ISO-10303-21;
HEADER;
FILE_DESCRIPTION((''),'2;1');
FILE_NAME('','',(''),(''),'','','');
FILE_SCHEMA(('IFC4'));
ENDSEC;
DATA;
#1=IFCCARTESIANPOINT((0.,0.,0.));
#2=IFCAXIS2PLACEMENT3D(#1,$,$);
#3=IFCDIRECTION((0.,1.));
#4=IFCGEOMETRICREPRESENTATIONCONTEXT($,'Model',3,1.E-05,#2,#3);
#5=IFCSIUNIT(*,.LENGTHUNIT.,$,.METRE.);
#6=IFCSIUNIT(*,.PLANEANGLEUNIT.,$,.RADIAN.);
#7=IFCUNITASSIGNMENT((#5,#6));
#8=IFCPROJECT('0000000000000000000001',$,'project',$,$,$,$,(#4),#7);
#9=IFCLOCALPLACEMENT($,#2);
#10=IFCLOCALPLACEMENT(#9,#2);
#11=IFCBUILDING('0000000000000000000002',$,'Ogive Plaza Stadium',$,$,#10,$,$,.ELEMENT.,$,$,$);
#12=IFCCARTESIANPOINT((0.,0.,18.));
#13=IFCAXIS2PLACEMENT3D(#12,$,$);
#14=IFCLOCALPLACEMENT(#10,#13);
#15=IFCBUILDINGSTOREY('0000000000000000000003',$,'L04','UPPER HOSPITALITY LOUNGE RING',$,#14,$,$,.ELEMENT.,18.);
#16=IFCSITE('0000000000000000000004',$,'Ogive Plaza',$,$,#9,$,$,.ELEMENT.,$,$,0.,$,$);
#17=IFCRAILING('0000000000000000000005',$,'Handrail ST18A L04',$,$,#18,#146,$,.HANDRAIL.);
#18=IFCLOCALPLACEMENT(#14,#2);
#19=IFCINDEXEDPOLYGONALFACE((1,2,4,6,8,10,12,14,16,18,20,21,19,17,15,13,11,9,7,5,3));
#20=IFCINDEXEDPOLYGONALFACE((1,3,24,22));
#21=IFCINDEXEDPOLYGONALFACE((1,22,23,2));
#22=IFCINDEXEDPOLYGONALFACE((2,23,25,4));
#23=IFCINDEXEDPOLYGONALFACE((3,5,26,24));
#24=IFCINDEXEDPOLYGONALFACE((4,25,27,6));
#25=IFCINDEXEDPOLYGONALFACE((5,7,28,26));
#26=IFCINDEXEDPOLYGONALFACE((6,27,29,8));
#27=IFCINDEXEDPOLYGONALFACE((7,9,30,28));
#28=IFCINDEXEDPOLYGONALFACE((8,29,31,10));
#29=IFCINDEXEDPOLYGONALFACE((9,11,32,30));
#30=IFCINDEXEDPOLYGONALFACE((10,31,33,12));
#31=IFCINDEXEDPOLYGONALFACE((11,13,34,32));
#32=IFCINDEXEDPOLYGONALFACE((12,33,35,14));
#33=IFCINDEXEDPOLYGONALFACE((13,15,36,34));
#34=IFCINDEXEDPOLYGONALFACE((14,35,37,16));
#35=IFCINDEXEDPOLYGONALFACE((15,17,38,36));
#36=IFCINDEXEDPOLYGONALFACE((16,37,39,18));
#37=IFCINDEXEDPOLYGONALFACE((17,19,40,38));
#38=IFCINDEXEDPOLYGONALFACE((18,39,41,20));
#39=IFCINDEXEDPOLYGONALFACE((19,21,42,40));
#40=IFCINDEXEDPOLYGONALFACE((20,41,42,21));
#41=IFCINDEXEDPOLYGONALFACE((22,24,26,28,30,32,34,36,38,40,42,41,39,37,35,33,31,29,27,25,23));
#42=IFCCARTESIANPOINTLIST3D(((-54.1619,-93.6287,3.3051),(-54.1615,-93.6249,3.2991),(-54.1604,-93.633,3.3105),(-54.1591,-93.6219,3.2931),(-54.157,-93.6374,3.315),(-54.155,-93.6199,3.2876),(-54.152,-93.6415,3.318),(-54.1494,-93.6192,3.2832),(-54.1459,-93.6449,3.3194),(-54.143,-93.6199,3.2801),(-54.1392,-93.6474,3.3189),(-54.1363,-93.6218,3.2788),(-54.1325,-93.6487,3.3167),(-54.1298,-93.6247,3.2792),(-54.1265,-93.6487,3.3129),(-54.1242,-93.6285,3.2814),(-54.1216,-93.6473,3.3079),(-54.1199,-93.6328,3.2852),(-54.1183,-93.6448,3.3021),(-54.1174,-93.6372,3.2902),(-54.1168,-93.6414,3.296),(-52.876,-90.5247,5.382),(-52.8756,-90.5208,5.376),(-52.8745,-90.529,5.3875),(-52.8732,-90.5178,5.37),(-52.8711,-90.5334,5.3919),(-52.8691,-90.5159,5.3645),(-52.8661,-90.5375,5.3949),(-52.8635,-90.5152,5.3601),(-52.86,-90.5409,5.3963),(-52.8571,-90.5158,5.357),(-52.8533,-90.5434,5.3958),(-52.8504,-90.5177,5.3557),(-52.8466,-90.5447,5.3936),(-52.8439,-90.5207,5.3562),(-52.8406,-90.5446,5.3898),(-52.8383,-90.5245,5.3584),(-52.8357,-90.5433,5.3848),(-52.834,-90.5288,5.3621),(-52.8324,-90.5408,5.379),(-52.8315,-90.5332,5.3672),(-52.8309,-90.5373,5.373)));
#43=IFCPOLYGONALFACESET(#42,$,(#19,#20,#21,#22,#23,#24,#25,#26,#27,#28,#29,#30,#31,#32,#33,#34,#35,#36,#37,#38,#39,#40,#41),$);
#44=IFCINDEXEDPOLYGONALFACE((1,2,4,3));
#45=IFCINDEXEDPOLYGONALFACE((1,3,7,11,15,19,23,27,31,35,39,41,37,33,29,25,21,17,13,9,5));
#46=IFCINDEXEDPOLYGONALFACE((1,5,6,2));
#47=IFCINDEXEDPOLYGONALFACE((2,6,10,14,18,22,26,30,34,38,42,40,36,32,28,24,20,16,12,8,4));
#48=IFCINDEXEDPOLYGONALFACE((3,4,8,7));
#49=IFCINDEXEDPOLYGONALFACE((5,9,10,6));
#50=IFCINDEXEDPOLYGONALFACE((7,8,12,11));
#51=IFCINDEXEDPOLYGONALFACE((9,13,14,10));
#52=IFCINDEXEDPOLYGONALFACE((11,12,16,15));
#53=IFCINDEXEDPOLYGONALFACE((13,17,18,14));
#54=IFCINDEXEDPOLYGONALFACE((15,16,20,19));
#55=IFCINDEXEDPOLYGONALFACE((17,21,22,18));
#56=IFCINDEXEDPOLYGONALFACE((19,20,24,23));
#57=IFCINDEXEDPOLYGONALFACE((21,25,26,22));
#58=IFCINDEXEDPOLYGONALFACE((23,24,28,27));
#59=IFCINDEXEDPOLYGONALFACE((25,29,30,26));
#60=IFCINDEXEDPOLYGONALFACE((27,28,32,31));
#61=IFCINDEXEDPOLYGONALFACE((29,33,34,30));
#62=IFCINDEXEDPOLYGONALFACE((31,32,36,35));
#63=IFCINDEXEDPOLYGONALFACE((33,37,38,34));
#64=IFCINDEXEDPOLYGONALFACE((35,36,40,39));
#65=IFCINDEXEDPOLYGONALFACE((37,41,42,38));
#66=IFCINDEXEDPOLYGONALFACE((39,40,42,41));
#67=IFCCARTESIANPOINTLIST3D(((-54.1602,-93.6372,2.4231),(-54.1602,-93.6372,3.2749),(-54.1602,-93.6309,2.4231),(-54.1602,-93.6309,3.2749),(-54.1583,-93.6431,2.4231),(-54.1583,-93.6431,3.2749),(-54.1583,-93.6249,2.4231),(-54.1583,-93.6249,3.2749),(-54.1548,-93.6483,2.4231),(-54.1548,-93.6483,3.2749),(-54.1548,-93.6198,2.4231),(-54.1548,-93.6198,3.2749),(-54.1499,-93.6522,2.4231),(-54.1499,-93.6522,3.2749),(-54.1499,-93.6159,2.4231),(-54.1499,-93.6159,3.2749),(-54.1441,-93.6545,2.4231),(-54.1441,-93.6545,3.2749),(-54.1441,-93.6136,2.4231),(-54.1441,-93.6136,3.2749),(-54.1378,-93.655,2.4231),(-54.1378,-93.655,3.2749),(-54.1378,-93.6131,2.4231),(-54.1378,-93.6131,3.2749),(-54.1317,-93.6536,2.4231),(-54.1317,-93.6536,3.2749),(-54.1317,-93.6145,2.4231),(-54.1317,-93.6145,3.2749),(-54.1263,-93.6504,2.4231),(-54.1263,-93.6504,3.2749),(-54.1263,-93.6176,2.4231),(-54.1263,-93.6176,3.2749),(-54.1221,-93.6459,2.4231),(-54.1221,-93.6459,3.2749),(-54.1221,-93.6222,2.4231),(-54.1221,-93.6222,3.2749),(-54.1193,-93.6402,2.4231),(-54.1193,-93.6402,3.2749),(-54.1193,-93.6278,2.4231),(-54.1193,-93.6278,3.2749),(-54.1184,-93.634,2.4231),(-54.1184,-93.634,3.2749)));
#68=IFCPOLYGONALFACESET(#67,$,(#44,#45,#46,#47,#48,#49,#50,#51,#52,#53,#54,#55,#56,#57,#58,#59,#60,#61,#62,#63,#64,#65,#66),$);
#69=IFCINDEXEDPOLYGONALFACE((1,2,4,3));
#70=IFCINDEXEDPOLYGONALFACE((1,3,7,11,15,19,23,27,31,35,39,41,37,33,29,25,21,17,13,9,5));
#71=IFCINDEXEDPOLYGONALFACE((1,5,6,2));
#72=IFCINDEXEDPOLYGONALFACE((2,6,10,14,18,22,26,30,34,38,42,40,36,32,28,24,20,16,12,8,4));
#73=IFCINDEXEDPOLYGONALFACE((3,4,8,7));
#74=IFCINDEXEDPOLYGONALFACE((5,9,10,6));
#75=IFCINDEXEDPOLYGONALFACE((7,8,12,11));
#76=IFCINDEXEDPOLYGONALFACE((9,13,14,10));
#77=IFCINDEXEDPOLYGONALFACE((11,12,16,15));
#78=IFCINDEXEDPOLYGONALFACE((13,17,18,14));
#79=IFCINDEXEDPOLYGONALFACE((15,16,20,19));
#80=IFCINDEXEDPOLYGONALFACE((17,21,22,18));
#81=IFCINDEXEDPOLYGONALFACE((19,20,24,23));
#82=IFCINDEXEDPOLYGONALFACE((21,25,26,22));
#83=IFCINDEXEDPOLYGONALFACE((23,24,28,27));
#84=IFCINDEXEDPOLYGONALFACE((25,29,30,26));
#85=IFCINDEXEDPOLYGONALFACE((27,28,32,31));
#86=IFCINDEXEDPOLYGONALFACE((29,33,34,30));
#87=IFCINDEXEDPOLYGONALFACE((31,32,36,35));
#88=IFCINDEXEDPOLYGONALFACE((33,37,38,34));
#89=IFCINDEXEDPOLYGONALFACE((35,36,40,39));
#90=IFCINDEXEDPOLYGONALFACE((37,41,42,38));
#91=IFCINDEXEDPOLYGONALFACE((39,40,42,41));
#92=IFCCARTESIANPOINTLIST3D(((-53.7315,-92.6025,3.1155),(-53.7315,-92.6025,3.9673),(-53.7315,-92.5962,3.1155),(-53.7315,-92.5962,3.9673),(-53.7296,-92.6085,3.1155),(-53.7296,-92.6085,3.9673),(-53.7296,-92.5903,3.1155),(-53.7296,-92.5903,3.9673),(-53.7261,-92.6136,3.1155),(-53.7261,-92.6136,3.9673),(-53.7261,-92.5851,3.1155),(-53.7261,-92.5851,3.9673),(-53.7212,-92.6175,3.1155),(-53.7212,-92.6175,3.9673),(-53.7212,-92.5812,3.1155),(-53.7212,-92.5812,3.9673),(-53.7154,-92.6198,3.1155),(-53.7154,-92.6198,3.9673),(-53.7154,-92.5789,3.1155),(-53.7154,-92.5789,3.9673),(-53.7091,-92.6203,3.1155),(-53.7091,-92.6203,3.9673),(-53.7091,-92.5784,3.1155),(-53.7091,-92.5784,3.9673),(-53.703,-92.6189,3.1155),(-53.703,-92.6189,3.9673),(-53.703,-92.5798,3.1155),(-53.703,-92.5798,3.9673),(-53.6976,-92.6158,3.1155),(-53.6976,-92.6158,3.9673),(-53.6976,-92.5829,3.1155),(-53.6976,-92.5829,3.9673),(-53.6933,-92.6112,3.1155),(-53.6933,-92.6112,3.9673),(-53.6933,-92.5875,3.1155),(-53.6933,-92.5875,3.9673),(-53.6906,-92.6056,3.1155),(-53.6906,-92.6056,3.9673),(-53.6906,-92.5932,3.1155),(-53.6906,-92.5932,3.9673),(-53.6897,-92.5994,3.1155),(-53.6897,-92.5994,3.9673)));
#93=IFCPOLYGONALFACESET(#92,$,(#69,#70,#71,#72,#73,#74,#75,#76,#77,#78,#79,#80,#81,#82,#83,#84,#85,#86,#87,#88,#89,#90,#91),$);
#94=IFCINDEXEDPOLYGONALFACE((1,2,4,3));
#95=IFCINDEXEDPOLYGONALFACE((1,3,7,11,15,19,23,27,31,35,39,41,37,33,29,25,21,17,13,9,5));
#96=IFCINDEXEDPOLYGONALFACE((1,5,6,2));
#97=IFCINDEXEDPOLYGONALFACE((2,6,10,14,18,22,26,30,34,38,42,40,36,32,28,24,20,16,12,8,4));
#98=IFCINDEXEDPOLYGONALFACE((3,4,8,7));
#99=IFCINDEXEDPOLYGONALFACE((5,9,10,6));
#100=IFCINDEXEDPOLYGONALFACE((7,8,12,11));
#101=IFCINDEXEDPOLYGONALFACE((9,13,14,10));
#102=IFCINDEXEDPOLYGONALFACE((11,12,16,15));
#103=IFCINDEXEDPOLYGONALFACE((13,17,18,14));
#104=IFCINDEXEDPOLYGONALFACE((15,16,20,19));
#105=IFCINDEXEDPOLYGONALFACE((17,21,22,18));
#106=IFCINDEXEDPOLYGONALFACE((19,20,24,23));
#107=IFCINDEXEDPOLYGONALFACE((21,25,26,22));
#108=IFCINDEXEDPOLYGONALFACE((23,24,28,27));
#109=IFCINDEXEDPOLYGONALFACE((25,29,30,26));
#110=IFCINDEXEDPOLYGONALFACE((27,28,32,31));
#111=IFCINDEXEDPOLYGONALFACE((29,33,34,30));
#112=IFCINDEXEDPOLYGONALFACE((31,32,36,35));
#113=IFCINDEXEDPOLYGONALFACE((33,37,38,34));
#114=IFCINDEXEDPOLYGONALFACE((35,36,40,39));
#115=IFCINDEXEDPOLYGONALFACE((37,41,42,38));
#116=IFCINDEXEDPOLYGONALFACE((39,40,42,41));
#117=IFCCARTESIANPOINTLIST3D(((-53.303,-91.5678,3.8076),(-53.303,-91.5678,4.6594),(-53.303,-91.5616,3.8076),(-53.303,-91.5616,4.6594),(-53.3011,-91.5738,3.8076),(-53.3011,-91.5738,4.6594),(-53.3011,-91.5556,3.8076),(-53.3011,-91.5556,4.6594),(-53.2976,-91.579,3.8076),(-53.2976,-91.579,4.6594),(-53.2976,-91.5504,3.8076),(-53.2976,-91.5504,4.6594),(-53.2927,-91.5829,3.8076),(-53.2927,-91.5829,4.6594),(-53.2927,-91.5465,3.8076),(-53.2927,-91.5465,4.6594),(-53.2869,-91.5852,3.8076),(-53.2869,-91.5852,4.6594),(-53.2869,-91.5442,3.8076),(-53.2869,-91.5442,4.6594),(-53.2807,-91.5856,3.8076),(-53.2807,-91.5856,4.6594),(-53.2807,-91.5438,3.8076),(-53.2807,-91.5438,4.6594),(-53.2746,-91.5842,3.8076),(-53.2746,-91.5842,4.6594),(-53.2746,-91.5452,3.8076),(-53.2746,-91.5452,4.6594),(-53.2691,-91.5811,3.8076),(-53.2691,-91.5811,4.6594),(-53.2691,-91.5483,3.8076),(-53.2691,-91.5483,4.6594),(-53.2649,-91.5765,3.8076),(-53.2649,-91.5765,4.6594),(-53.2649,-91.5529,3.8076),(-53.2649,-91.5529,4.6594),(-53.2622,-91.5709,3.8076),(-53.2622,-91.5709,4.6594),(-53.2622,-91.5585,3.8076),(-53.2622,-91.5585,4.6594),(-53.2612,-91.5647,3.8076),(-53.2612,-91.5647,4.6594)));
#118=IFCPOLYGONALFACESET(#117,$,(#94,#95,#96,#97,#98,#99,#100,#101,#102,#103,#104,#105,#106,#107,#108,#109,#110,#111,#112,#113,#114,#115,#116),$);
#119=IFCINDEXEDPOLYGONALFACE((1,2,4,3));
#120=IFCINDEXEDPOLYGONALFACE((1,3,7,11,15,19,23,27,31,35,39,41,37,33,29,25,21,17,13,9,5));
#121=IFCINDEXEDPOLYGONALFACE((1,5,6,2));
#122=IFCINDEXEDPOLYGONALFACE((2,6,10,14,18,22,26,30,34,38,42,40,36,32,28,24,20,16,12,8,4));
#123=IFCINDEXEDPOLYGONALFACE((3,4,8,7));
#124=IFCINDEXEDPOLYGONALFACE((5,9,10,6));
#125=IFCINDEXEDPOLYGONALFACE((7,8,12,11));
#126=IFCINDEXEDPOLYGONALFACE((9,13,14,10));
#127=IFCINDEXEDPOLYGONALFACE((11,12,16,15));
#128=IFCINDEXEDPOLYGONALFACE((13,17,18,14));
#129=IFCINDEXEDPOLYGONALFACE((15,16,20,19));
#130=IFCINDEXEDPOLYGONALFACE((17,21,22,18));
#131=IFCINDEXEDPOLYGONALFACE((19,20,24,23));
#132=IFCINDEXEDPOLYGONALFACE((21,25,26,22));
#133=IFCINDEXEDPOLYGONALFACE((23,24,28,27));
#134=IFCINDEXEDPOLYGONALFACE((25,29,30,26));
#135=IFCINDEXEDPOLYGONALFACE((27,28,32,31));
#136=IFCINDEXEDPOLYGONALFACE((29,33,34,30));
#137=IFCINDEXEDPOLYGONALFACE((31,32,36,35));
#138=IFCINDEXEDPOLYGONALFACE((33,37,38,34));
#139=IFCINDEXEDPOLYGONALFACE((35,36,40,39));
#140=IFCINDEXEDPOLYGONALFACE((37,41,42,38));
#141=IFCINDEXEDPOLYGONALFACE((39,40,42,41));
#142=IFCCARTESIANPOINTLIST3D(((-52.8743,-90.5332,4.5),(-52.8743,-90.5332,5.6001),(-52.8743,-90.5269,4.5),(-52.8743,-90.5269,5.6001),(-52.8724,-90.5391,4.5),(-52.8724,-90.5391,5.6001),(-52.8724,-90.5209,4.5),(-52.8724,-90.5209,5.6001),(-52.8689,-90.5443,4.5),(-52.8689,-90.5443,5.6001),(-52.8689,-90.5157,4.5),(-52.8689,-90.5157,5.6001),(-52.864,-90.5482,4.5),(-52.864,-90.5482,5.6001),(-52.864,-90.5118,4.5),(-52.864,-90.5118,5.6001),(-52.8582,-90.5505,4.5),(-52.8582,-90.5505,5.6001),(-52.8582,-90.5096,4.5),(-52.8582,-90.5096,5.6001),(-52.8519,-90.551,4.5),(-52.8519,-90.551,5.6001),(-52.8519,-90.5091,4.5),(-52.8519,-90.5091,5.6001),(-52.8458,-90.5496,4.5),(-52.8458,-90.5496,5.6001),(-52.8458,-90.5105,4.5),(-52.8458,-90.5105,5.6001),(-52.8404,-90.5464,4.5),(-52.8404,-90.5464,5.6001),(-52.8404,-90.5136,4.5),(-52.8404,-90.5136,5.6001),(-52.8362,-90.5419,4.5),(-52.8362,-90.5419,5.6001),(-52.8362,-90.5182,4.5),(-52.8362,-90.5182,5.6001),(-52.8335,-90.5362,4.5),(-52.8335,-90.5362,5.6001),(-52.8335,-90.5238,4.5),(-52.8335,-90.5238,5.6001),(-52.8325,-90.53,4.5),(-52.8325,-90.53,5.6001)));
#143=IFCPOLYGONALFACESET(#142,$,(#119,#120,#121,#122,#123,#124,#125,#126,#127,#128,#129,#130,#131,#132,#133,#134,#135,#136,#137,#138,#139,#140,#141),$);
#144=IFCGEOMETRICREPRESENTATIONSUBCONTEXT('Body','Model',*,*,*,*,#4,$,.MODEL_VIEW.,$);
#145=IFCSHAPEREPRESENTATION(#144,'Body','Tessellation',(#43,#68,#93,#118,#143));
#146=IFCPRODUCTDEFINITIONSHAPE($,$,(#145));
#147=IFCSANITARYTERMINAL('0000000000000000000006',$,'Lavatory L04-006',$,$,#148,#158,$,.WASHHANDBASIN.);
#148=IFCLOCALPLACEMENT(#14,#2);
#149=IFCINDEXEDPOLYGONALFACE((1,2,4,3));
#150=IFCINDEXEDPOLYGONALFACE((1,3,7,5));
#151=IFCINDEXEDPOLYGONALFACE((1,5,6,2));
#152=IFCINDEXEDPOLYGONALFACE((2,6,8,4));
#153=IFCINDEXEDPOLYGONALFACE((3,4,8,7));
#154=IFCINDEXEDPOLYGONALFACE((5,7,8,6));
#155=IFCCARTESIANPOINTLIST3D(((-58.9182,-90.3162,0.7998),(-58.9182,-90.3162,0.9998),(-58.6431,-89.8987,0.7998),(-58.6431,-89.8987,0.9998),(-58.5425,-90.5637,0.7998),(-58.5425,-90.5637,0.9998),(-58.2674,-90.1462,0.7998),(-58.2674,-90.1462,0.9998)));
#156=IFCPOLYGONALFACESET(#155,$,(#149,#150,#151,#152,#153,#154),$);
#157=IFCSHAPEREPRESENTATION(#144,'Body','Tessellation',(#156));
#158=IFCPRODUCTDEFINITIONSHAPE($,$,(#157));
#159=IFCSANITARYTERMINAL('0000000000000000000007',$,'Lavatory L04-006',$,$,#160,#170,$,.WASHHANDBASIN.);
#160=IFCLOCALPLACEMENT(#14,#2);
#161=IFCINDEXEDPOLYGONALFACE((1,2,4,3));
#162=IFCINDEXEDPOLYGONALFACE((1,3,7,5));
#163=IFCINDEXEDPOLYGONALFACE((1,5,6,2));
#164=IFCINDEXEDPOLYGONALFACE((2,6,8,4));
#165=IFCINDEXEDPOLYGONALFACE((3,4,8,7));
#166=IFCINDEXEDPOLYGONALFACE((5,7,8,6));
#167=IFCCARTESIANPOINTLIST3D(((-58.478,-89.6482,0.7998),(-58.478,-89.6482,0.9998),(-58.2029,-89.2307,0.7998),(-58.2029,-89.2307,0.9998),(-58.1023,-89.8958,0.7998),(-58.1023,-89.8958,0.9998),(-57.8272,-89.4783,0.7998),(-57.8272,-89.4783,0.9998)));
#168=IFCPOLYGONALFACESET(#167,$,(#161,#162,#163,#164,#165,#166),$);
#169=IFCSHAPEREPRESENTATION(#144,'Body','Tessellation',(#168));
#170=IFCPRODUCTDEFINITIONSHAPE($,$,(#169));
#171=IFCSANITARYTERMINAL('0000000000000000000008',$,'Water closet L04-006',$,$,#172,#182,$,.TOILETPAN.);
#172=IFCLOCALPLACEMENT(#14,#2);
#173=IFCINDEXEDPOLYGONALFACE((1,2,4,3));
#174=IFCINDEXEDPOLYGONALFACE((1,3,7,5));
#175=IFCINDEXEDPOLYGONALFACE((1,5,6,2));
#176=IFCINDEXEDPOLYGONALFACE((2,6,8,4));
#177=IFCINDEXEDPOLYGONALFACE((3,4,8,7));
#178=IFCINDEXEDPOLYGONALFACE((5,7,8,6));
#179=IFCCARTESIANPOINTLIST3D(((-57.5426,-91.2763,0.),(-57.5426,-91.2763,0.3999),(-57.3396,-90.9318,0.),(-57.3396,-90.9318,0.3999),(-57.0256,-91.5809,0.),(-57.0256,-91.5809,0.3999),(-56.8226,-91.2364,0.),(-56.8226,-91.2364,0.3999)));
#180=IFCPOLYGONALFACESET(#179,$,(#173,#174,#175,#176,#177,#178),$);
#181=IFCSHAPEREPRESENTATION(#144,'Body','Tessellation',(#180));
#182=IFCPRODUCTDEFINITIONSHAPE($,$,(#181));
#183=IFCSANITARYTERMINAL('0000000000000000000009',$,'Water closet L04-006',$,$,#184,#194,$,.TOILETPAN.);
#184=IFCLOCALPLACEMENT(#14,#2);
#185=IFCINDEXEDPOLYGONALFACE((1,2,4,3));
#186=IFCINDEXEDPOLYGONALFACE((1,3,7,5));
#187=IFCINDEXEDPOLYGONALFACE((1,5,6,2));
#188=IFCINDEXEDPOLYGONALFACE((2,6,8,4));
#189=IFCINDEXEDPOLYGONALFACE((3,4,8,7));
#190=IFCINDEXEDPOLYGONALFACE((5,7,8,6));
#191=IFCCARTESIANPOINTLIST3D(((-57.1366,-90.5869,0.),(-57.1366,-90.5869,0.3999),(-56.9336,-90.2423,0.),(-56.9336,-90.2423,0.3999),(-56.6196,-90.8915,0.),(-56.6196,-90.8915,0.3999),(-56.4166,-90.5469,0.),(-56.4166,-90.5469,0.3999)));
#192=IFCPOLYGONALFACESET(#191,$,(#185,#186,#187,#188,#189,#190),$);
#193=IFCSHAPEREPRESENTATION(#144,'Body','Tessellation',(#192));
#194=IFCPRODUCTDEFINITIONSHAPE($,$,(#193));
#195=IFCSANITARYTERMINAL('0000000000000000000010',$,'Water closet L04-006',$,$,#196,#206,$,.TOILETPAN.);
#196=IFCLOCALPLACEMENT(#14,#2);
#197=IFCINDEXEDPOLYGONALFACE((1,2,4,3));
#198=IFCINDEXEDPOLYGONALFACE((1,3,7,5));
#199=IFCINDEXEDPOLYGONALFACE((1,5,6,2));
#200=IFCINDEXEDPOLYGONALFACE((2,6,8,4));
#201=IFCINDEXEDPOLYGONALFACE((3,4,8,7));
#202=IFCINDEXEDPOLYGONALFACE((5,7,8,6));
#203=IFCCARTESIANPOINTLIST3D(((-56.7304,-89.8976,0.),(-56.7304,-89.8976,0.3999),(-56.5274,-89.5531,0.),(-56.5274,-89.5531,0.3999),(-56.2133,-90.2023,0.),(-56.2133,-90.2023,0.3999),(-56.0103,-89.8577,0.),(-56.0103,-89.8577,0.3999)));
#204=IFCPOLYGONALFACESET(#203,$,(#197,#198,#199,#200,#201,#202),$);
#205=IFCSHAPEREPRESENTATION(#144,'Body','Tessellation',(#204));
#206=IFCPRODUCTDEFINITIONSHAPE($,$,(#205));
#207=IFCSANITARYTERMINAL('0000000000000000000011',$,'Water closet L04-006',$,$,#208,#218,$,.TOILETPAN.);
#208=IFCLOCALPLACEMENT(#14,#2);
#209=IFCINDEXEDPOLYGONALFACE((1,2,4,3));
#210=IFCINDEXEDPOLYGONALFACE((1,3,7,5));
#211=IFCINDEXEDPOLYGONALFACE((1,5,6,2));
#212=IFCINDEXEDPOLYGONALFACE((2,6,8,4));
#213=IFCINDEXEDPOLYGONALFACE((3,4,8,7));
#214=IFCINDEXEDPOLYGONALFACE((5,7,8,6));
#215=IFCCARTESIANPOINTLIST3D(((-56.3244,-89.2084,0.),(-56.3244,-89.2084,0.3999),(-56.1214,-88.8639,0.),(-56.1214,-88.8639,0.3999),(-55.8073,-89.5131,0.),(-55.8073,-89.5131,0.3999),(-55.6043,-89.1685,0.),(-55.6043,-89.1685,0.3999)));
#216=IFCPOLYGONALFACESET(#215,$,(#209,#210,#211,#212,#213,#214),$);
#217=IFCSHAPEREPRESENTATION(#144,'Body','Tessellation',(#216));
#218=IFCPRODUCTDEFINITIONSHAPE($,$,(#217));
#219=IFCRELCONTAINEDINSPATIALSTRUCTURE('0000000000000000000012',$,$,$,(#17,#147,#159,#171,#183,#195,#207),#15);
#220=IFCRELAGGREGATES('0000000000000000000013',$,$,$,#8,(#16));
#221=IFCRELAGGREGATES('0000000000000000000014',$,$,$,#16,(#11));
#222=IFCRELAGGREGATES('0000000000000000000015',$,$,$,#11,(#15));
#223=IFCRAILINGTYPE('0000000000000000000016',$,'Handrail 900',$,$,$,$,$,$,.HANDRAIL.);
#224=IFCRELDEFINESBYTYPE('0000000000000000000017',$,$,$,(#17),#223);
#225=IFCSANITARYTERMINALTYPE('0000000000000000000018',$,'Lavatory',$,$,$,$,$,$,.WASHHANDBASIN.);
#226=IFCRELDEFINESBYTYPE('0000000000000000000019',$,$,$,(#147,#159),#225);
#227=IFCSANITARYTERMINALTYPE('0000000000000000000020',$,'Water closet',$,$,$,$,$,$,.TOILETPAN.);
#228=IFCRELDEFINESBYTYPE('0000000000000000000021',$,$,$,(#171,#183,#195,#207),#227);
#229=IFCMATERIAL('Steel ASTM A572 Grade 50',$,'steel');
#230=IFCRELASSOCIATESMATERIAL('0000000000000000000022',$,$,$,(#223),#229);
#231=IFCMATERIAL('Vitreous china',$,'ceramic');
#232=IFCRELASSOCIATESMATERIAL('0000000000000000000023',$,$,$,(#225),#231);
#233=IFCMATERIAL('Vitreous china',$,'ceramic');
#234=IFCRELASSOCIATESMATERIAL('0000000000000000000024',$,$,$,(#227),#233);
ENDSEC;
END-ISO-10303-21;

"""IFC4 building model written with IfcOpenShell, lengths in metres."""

from ifc_helpers import new_model, si_unit, direction, frame, origin, origin_2d, place, context, subcontext, project, spatial, rectangle, circle, extrude, material, type_object, element, save


model = new_model("IFC4")

# Units and contexts
model_context = context("Model", 3, precision=1e-05, world=origin(), true_north=direction((0.0, 1.0)))
body_context = subcontext(model_context, "Body", "Model", "MODEL_VIEW")
ifc_project = project(units=[si_unit("LENGTHUNIT", "METRE"), si_unit("PLANEANGLEUNIT", "RADIAN")], contexts=[model_context])

# Site, building, storey
site_placement = place(None, origin())
site = spatial("IfcSite", under=ifc_project, at=site_placement, Name="Ogive Plaza", CompositionType="ELEMENT", RefElevation=0.0)
building_placement = place(site_placement, origin())
building = spatial("IfcBuilding", under=site, at=building_placement, Name="Ogive Plaza Stadium", CompositionType="ELEMENT")
storey_placement = place(building_placement, frame((0.0, 0.0, 18.0)))
storey = spatial("IfcBuildingStorey", under=building, at=storey_placement, Name="L04", Description="UPPER HOSPITALITY LOUNGE RING", CompositionType="ELEMENT", Elevation=18.0)

# Railing
ifc_material_1 = material(Name="Steel ASTM A572 Grade 50", Category="steel")
railing_type_1 = type_object("IfcRailingType", Name="Handrail 900", PredefinedType="HANDRAIL", material=ifc_material_1)
railing_1_placement = place(storey_placement, frame((-54.1394, -93.634, 2.4231)))
element("IfcRailing", 1, at=railing_1_placement, inside=storey, type_object=railing_type_1, Name="Handrail ST18A L04", PredefinedType="HANDRAIL", context=body_context, shape_type="SweptSolid", body=[
    extrude(circle(Radius=0.0239, at=origin_2d()), frame((0.0, 0.0, 0.876), z_axis=(0.325548, 0.785839, 0.525809), x_axis=(-0.923862, 0.382726, 0.0)), (0.0, 0.0, 1.0), 3.95),
    extrude(circle(Radius=0.021, at=origin_2d()), origin(), (0.0, 0.0, 1.0), 0.8518),
    extrude(circle(Radius=0.021, at=origin_2d()), frame((0.4287, 1.0347, 0.6924)), (0.0, 0.0, 1.0), 0.8518),
    extrude(circle(Radius=0.021, at=origin_2d()), frame((0.8572, 2.0693, 1.3845)), (0.0, 0.0, 1.0), 0.8518),
    extrude(circle(Radius=0.021, at=origin_2d()), frame((1.2859, 3.104, 2.0769)), (0.0, 0.0, 1.0), 1.1001),
])

# Sanitary terminals
ifc_material_2 = material(Name="Vitreous china", Category="ceramic")
sanitary_terminal_type_1 = type_object("IfcSanitaryTerminalType", Name="Lavatory", PredefinedType="WASHHANDBASIN", material=ifc_material_2)
for number, where, z_axis, x_axis, name in (
    (2, (-58.5928, -90.2312, 0.7998), (0.0, 0.0, 1.0), (0.55022, 0.83502, 0.0), "Lavatory L04-006"),
    (3, (-58.1526, -89.5632, 0.7998), (0.0, 0.0, 1.0), (0.55022, 0.83502, 0.0), "Lavatory L04-006"),
):
    element("IfcSanitaryTerminal", number, at=place(storey_placement, frame(where, z_axis=z_axis, x_axis=x_axis)), inside=storey, type_object=sanitary_terminal_type_1, Name=name, PredefinedType="WASHHANDBASIN", context=body_context, shape_type="SweptSolid", body=[
        extrude(rectangle(XDim=0.5, YDim=0.45, at=origin_2d()), origin(), (0.0, 0.0, 1.0), 0.2),
    ])
ifc_material_3 = material(Name="Vitreous china", Category="ceramic")
sanitary_terminal_type_2 = type_object("IfcSanitaryTerminalType", Name="Water closet", PredefinedType="TOILETPAN", material=ifc_material_3)
for number, where, z_axis, x_axis, name in (
    (4, (-57.1826, -91.2563, 0.0), (0.0, 0.0, 1.0), (0.507624, 0.861579, 0.0), "Water closet L04-006"),
    (5, (-56.7766, -90.5669, 0.0), (0.0, 0.0, 1.0), (0.507624, 0.861579, 0.0), "Water closet L04-006"),
    (6, (-56.3704, -89.8777, 0.0), (0.0, 0.0, 1.0), (0.507624, 0.861579, 0.0), "Water closet L04-006"),
    (7, (-55.9644, -89.1885, 0.0), (0.0, 0.0, 1.0), (0.507624, 0.861579, 0.0), "Water closet L04-006"),
):
    element("IfcSanitaryTerminal", number, at=place(storey_placement, frame(where, z_axis=z_axis, x_axis=x_axis)), inside=storey, type_object=sanitary_terminal_type_2, Name=name, PredefinedType="TOILETPAN", context=body_context, shape_type="SweptSolid", body=[
        extrude(rectangle(XDim=0.3999, YDim=0.6001, at=origin_2d()), origin(), (0.0, 0.0, 1.0), 0.3999),
    ])

save(model, "model.ifc")
